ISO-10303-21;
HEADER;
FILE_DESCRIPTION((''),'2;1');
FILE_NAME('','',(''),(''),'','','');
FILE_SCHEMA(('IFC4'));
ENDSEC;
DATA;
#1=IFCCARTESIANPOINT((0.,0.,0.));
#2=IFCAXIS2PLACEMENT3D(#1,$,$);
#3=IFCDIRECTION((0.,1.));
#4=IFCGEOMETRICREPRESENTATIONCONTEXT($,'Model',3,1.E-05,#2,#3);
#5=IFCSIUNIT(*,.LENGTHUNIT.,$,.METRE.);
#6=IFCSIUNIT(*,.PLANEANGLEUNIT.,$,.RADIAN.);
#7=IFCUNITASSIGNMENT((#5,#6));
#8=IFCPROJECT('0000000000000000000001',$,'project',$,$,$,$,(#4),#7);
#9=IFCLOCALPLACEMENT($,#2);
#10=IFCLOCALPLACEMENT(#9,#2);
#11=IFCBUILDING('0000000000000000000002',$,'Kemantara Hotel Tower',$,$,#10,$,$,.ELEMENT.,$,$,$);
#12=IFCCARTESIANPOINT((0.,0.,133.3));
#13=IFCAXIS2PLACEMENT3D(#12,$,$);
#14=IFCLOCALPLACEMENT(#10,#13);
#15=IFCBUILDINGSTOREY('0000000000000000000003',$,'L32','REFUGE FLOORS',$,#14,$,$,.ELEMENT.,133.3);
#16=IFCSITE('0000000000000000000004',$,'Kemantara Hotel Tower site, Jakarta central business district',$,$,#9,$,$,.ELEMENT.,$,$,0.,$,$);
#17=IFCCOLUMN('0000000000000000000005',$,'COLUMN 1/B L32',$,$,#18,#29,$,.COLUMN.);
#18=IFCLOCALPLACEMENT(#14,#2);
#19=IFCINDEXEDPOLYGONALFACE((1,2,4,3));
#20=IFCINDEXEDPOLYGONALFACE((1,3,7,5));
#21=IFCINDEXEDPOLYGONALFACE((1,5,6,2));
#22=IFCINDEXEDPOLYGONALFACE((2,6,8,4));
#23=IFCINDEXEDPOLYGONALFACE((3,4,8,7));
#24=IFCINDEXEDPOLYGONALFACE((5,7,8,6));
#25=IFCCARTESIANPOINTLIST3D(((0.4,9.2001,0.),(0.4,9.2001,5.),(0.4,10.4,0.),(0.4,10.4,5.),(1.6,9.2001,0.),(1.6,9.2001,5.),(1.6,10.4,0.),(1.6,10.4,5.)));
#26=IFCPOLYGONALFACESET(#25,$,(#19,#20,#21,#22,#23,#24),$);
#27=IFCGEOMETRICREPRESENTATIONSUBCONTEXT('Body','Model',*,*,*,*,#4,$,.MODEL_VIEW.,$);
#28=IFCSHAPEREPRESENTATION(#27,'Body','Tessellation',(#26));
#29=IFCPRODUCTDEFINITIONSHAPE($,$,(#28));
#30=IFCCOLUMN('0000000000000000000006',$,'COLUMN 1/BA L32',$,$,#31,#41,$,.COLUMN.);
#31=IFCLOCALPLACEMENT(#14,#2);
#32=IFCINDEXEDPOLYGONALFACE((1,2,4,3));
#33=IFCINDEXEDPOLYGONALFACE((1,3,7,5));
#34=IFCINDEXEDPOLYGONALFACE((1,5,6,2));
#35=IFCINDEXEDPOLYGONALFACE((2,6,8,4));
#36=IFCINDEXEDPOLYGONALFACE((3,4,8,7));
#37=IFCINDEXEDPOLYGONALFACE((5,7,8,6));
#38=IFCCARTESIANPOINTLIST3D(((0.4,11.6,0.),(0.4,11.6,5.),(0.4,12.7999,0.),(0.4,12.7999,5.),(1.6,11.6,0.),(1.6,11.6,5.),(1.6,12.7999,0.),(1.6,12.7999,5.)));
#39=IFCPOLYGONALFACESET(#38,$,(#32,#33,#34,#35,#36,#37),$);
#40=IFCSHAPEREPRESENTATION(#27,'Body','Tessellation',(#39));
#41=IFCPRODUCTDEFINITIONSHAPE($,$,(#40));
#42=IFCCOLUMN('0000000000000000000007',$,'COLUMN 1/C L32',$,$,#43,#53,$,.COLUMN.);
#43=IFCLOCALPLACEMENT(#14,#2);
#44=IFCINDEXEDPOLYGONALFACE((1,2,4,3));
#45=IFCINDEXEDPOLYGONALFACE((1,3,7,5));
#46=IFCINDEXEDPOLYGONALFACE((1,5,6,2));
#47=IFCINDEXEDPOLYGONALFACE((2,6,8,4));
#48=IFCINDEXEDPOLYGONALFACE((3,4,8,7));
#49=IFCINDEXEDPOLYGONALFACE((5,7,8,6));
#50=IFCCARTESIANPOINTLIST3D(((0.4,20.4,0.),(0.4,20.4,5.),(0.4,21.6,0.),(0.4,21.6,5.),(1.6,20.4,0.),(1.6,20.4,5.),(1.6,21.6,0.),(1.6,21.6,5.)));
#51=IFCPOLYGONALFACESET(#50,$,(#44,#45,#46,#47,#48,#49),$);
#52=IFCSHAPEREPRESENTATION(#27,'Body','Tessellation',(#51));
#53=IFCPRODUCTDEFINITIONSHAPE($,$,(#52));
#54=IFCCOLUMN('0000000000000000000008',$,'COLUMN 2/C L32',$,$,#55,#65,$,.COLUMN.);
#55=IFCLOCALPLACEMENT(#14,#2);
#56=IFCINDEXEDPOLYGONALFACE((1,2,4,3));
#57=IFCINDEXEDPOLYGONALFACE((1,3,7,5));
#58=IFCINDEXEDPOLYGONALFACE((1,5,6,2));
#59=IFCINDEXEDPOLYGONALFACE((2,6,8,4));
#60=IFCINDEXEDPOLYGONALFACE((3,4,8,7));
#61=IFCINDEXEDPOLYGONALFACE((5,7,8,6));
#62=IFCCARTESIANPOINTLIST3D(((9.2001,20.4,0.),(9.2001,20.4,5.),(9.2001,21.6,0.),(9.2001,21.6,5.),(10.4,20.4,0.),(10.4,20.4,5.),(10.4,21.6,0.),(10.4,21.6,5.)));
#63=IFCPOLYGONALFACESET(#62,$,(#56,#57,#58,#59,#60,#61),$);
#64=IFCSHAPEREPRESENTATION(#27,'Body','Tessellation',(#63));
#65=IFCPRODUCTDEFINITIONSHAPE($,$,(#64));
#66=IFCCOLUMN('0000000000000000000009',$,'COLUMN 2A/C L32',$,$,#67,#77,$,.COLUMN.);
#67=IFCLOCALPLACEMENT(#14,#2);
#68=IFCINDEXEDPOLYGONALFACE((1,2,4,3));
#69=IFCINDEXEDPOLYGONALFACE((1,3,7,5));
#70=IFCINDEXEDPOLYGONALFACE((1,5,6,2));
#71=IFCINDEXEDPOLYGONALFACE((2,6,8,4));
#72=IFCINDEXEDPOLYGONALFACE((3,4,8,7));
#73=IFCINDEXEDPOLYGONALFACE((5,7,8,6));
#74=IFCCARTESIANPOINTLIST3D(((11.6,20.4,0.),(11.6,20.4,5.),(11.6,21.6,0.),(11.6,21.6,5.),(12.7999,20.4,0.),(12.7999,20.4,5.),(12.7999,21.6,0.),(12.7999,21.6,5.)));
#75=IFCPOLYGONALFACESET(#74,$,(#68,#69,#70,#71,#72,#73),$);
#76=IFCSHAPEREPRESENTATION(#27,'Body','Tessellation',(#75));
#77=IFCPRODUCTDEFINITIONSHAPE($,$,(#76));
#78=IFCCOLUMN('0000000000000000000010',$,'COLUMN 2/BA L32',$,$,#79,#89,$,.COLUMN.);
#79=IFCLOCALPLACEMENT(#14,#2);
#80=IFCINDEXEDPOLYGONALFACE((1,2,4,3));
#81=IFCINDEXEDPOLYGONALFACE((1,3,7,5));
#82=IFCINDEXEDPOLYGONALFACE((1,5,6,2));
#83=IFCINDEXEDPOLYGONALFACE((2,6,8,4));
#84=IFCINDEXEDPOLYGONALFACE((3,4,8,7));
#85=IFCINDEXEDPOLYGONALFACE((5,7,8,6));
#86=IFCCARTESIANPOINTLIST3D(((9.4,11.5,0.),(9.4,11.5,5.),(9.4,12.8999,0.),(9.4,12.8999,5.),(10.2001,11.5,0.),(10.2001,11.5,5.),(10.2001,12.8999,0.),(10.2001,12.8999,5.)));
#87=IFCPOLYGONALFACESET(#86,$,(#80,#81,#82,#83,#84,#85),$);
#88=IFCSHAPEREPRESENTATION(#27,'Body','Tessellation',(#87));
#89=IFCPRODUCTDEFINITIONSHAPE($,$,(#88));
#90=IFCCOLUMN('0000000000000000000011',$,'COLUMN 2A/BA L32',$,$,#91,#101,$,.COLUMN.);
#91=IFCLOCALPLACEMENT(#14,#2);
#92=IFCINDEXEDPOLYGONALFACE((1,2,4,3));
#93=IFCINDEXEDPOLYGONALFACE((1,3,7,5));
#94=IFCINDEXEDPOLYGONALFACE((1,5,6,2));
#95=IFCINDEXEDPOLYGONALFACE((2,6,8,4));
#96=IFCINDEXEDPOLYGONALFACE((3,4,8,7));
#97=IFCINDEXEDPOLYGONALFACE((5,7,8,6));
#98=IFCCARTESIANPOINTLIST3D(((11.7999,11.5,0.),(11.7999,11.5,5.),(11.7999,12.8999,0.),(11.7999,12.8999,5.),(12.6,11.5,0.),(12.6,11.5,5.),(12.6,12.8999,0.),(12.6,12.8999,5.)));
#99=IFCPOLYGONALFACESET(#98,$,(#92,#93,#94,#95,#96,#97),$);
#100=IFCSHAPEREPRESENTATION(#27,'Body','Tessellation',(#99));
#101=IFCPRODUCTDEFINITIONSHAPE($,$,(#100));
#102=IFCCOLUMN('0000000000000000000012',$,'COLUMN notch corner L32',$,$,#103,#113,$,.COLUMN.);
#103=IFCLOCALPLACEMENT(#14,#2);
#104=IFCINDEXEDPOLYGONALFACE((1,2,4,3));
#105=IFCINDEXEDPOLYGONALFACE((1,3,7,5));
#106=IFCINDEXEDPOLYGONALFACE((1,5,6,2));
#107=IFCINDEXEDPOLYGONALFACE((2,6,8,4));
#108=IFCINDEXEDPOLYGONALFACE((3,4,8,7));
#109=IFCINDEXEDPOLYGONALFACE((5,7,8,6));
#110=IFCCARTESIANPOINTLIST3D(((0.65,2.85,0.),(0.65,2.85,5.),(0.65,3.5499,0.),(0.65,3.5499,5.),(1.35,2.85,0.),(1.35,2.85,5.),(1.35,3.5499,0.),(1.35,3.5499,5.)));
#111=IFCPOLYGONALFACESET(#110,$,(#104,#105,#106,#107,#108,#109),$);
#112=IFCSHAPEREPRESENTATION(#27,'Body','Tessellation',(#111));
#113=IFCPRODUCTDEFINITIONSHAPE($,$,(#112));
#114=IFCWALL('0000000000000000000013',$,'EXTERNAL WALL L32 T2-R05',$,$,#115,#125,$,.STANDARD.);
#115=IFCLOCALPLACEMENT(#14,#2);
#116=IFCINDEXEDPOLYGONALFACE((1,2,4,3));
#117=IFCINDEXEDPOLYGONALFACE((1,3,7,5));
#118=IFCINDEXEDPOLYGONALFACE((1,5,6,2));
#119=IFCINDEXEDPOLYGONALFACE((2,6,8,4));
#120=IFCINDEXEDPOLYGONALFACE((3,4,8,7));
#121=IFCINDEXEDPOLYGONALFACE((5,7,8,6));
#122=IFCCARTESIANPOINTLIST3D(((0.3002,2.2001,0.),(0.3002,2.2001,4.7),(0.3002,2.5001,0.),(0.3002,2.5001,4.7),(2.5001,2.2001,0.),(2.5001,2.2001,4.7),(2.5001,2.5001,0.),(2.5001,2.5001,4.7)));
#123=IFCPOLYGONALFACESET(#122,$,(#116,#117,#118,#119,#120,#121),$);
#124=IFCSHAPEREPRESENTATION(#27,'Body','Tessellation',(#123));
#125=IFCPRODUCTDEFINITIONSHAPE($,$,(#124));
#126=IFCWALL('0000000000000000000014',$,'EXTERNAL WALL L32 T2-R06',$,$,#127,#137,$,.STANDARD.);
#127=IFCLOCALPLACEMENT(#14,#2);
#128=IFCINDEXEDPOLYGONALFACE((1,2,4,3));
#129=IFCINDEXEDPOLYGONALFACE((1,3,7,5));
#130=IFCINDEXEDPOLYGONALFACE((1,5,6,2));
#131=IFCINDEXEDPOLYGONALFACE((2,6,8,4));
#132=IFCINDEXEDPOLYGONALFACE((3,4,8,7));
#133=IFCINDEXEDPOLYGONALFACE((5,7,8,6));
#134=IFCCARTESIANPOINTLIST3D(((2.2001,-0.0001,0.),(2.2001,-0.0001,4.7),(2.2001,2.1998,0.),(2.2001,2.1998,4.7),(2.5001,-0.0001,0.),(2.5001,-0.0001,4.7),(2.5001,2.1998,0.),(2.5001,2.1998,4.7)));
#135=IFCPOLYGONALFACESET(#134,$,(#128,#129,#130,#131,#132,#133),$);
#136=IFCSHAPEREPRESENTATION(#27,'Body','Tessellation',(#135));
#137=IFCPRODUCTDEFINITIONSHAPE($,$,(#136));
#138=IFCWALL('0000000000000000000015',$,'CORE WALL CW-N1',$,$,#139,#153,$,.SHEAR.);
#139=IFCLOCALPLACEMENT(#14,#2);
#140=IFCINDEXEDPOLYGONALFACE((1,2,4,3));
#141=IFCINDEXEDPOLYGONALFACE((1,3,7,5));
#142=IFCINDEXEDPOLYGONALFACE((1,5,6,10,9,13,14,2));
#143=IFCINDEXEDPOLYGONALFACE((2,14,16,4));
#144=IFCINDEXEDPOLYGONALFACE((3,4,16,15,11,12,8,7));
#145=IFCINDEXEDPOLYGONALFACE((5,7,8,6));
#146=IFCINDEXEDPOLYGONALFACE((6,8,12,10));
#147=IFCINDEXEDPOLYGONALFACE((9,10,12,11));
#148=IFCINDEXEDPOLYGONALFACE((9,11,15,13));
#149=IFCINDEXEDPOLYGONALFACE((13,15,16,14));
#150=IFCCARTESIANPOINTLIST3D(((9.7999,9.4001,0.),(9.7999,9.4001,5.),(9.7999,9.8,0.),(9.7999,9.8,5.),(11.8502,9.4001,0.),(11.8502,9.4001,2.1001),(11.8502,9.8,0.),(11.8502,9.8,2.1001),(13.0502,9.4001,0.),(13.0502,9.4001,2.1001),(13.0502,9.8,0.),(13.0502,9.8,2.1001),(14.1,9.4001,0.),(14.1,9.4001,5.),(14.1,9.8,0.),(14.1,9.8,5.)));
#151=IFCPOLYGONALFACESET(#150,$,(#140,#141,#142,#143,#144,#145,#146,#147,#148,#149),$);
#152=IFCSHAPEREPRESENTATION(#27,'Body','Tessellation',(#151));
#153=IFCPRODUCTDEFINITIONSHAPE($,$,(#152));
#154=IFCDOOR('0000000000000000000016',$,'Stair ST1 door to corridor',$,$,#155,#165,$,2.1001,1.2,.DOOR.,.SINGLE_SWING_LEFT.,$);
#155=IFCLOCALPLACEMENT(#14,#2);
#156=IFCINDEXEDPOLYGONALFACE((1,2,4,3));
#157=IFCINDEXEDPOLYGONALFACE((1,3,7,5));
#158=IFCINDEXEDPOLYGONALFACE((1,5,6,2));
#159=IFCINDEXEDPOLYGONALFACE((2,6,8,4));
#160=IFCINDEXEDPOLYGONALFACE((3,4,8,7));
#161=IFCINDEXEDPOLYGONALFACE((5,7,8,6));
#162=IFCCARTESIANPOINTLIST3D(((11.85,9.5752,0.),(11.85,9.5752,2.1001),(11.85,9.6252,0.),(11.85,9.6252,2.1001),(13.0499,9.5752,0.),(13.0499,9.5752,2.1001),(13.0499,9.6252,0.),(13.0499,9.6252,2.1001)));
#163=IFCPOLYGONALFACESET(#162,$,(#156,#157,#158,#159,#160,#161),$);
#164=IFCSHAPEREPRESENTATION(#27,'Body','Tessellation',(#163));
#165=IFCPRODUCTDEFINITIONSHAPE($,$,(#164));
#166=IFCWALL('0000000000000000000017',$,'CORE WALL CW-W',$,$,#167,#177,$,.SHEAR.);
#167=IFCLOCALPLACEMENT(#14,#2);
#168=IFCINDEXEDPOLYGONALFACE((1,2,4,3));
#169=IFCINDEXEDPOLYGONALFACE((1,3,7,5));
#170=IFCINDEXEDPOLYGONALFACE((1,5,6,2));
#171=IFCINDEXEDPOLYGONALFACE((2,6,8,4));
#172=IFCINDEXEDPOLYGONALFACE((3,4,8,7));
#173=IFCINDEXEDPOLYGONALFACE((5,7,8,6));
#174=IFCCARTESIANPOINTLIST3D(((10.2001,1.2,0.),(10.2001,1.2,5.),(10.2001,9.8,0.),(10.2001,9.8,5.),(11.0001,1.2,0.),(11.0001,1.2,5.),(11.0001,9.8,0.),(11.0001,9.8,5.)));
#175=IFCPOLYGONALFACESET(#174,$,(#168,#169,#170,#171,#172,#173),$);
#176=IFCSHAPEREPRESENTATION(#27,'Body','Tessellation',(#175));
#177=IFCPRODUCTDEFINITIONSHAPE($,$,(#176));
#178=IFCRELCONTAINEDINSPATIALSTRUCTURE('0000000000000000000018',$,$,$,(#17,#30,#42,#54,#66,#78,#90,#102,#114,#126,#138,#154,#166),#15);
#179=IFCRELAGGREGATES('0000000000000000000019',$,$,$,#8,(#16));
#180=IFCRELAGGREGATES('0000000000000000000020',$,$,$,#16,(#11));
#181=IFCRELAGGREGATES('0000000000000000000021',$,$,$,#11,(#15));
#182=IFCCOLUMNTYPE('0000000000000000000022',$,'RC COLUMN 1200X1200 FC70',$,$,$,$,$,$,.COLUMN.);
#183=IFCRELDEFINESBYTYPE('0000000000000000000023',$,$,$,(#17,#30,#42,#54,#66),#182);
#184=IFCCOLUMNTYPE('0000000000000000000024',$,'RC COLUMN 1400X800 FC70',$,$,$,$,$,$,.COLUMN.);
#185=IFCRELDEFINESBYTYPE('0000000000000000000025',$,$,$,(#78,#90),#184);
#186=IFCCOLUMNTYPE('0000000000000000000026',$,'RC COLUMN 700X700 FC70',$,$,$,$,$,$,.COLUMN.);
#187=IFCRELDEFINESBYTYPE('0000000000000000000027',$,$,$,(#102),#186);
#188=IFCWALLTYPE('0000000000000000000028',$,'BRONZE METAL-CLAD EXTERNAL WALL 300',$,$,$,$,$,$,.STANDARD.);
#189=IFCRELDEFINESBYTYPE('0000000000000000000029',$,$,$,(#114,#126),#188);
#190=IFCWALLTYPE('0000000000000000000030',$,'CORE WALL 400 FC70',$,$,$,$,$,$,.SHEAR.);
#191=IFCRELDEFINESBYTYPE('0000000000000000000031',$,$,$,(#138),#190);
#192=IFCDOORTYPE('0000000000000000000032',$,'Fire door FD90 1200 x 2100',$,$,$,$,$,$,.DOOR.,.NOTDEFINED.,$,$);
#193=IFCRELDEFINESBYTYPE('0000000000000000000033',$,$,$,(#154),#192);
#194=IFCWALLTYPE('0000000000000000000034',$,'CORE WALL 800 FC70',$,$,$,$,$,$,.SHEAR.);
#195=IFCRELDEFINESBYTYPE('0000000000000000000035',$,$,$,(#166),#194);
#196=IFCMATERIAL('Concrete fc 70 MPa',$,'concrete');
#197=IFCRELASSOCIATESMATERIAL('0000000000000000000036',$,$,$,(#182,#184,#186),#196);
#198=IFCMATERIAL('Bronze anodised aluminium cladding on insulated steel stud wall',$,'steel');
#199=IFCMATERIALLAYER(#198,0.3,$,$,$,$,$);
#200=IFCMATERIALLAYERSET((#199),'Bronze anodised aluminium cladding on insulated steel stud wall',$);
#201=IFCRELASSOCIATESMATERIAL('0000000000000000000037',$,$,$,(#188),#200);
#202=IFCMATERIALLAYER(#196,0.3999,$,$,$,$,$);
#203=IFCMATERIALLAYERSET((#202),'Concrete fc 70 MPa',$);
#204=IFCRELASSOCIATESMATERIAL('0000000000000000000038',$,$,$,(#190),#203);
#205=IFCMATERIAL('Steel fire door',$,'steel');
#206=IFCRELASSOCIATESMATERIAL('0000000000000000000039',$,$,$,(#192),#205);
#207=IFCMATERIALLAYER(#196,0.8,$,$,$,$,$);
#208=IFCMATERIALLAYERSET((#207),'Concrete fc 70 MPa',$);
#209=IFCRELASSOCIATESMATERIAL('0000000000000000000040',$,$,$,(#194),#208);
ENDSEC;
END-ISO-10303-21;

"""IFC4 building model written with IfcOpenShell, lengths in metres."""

from ifc_helpers import new_model, si_unit, direction, frame, frame_2d, origin, origin_2d, place, context, subcontext, project, spatial, rectangle, extrude, material, layer, layer_set, material_profile, profile_set, type_object, element, fill, save


model = new_model("IFC4")

# Units and contexts
model_context = context("Model", 3, precision=1e-05, world=origin(), true_north=direction((0.0, 1.0)))
body_context = subcontext(model_context, "Body", "Model", "MODEL_VIEW")
ifc_project = project(units=[si_unit("LENGTHUNIT", "METRE"), si_unit("PLANEANGLEUNIT", "RADIAN")], contexts=[model_context])

# Site, building, storey
site_placement = place(None, origin())
site = spatial("IfcSite", under=ifc_project, at=site_placement, Name="Kemantara Hotel Tower site, Jakarta central business district", CompositionType="ELEMENT", RefElevation=0.0)
building_placement = place(site_placement, origin())
building = spatial("IfcBuilding", under=site, at=building_placement, Name="Kemantara Hotel Tower", CompositionType="ELEMENT")
storey_placement = place(building_placement, frame((0.0, 0.0, 133.3)))
storey = spatial("IfcBuildingStorey", under=building, at=storey_placement, Name="L32", Description="REFUGE FLOORS", CompositionType="ELEMENT", Elevation=133.3)

# Columns
ifc_material_1 = material(Name="Concrete fc 70 MPa", Category="concrete")
ifc_material_profile_1 = material_profile(ifc_material_1, rectangle(XDim=1.2, YDim=1.2, at=origin_2d()), Name="RC 1200X1200")
ifc_profile_set_1 = profile_set([ifc_material_profile_1], Name="Concrete fc 70 MPa")
column_type_1 = type_object("IfcColumnType", Name="RC COLUMN 1200X1200 FC70", PredefinedType="COLUMN", material=ifc_profile_set_1)
for number, where, z_axis, x_axis, name in (
    (1, (1.0, 9.8, 0.0), (0.0, 0.0, 1.0), (1.0, 0.0, 0.0), "COLUMN 1/B L32"),
    (2, (1.0, 12.2, 0.0), (0.0, 0.0, 1.0), (1.0, 0.0, 0.0), "COLUMN 1/BA L32"),
    (3, (1.0, 21.0, 0.0), (0.0, 0.0, 1.0), (1.0, 0.0, 0.0), "COLUMN 1/C L32"),
    (4, (9.8, 21.0, 0.0), (0.0, 0.0, 1.0), (1.0, 0.0, 0.0), "COLUMN 2/C L32"),
    (5, (12.2, 21.0, 0.0), (0.0, 0.0, 1.0), (1.0, 0.0, 0.0), "COLUMN 2A/C L32"),
):
    element("IfcColumn", number, at=place(storey_placement, frame(where, z_axis=z_axis, x_axis=x_axis)), inside=storey, type_object=column_type_1, Name=name, PredefinedType="COLUMN", context=body_context, shape_type="SweptSolid", body=[
        extrude(rectangle(XDim=1.2, YDim=1.2, at=origin_2d()), origin(), (0.0, 0.0, 1.0), 5.0),
    ])
ifc_material_profile_2 = material_profile(ifc_material_1, rectangle(XDim=1.3999, YDim=0.8, at=origin_2d()), Name="RC 1400X800")
ifc_profile_set_2 = profile_set([ifc_material_profile_2], Name="Concrete fc 70 MPa")
column_type_2 = type_object("IfcColumnType", Name="RC COLUMN 1400X800 FC70", PredefinedType="COLUMN", material=ifc_profile_set_2)
for number, where, z_axis, x_axis, name in (
    (6, (9.8, 12.2, 0.0), (0.0, 0.0, 1.0), (0.0, 1.0, 0.0), "COLUMN 2/BA L32"),
    (7, (12.2, 12.2, 0.0), (0.0, 0.0, 1.0), (0.0, 1.0, 0.0), "COLUMN 2A/BA L32"),
):
    element("IfcColumn", number, at=place(storey_placement, frame(where, z_axis=z_axis, x_axis=x_axis)), inside=storey, type_object=column_type_2, Name=name, PredefinedType="COLUMN", context=body_context, shape_type="SweptSolid", body=[
        extrude(rectangle(XDim=1.3999, YDim=0.8, at=origin_2d()), origin(), (0.0, 0.0, 1.0), 5.0),
    ])
ifc_material_profile_3 = material_profile(ifc_material_1, rectangle(XDim=0.7, YDim=0.7, at=origin_2d()), Name="RC 700X700")
ifc_profile_set_3 = profile_set([ifc_material_profile_3], Name="Concrete fc 70 MPa")
column_type_3 = type_object("IfcColumnType", Name="RC COLUMN 700X700 FC70", PredefinedType="COLUMN", material=ifc_profile_set_3)
column_placement = place(storey_placement, frame((1.0, 3.2, 0.0), z_axis=(0.0, 0.0, 1.0), x_axis=(1.0, 0.0, 0.0)))
element("IfcColumn", 8, at=column_placement, inside=storey, type_object=column_type_3, Name="COLUMN notch corner L32", PredefinedType="COLUMN", context=body_context, shape_type="SweptSolid", body=[
    extrude(rectangle(XDim=0.7, YDim=0.7, at=origin_2d()), origin(), (0.0, 0.0, 1.0), 5.0),
])

# Walls
ifc_material_2 = material(Name="Bronze anodised aluminium cladding on insulated steel stud wall", Category="steel")
ifc_layer_1 = layer(ifc_material_2, 0.3)
ifc_layer_set_1 = layer_set([ifc_layer_1], Name="Bronze anodised aluminium cladding on insulated steel stud wall")
wall_type_1 = type_object("IfcWallType", Name="BRONZE METAL-CLAD EXTERNAL WALL 300", PredefinedType="STANDARD", material=ifc_layer_set_1)
for number, where, z_axis, x_axis, name in (
    (9, (0.3, 2.3501, 0.0), (0.0, 0.0, 1.0), (1.0, 0.0, 0.0), "EXTERNAL WALL L32 T2-R05"),
    (10, (2.3501, 2.2, 0.0), (0.0, 0.0, 1.0), (0.0, -1.0, 0.0), "EXTERNAL WALL L32 T2-R06"),
):
    element("IfcWall", number, at=place(storey_placement, frame(where, z_axis=z_axis, x_axis=x_axis)), inside=storey, type_object=wall_type_1, Name=name, PredefinedType="STANDARD", context=body_context, shape_type="SweptSolid", body=[
        extrude(rectangle(XDim=2.2, YDim=0.3, at=frame_2d((1.1001, 0.0))), origin(), (0.0, 0.0, 1.0), 4.7),
    ])

# Wall, opening, door
ifc_layer_2 = layer(ifc_material_1, 0.3999)
ifc_layer_set_2 = layer_set([ifc_layer_2], Name="Concrete fc 70 MPa")
wall_type_2 = type_object("IfcWallType", Name="CORE WALL 400 FC70", PredefinedType="SHEAR", material=ifc_layer_set_2)
wall_1_placement = place(storey_placement, frame((9.8, 9.6001, 0.0), z_axis=(0.0, 0.0, 1.0), x_axis=(1.0, 0.0, 0.0)))
wall_1 = element("IfcWall", 11, at=wall_1_placement, inside=storey, type_object=wall_type_2, Name="CORE WALL CW-N1", PredefinedType="SHEAR", context=body_context, shape_type="SweptSolid", body=[
    extrude(rectangle(XDim=4.3, YDim=0.3999, at=frame_2d((2.1499, 0.0))), origin(), (0.0, 0.0, 1.0), 5.0),
])
opening_1_placement = place(wall_1_placement, frame((2.05, 0.0, 0.0)))
opening_1 = element("IfcOpeningElement", 12, at=opening_1_placement, cuts=wall_1, PredefinedType="OPENING", context=body_context, shape_type="SweptSolid", body=[
    extrude(rectangle(XDim=1.2, YDim=2.1001, at=frame_2d((0.6001, 1.05))), frame((0.0, 0.21, 0.0), z_axis=(0.0, -1.0, 0.0), x_axis=(1.0, 0.0, 0.0)), (0.0, 0.0, 1.0), 0.4199),
])
ifc_material_3 = material(Name="Steel fire door", Category="steel")
door_type_1 = type_object("IfcDoorType", Name="Fire door FD90 1200 x 2100", OperationType="NOTDEFINED", PredefinedType="DOOR", material=ifc_material_3)
door_1_placement = place(opening_1_placement, frame((1.2, 0.0, 0.0), z_axis=(0.0, 0.0, 1.0), x_axis=(-1.0, 0.0, 0.0)))
door_1 = element("IfcDoor", 13, at=door_1_placement, inside=storey, type_object=door_type_1, Name="Stair ST1 door to corridor", OperationType="SINGLE_SWING_LEFT", OverallHeight=2.1001, OverallWidth=1.2, PredefinedType="DOOR", context=body_context, shape_type="SweptSolid", body=[
    extrude(rectangle(XDim=1.2, YDim=2.1001, at=frame_2d((0.6001, 1.05))), frame((0.0, 0.0249, 0.0), z_axis=(0.0, -1.0, 0.0), x_axis=(1.0, 0.0, 0.0)), (0.0, 0.0, 1.0), 0.05),
])
fill(opening_1, door_1)

# Wall
ifc_layer_3 = layer(ifc_material_1, 0.8)
ifc_layer_set_3 = layer_set([ifc_layer_3], Name="Concrete fc 70 MPa")
wall_type_3 = type_object("IfcWallType", Name="CORE WALL 800 FC70", PredefinedType="SHEAR", material=ifc_layer_set_3)
wall_2_placement = place(storey_placement, frame((10.6001, 1.2, 0.0), z_axis=(0.0, 0.0, 1.0), x_axis=(0.0, 1.0, 0.0)))
element("IfcWall", 14, at=wall_2_placement, inside=storey, type_object=wall_type_3, Name="CORE WALL CW-W", PredefinedType="SHEAR", context=body_context, shape_type="SweptSolid", body=[
    extrude(rectangle(XDim=8.6001, YDim=0.8, at=frame_2d((4.3, 0.0))), origin(), (0.0, 0.0, 1.0), 5.0),
])

save(model, "model.ifc")
